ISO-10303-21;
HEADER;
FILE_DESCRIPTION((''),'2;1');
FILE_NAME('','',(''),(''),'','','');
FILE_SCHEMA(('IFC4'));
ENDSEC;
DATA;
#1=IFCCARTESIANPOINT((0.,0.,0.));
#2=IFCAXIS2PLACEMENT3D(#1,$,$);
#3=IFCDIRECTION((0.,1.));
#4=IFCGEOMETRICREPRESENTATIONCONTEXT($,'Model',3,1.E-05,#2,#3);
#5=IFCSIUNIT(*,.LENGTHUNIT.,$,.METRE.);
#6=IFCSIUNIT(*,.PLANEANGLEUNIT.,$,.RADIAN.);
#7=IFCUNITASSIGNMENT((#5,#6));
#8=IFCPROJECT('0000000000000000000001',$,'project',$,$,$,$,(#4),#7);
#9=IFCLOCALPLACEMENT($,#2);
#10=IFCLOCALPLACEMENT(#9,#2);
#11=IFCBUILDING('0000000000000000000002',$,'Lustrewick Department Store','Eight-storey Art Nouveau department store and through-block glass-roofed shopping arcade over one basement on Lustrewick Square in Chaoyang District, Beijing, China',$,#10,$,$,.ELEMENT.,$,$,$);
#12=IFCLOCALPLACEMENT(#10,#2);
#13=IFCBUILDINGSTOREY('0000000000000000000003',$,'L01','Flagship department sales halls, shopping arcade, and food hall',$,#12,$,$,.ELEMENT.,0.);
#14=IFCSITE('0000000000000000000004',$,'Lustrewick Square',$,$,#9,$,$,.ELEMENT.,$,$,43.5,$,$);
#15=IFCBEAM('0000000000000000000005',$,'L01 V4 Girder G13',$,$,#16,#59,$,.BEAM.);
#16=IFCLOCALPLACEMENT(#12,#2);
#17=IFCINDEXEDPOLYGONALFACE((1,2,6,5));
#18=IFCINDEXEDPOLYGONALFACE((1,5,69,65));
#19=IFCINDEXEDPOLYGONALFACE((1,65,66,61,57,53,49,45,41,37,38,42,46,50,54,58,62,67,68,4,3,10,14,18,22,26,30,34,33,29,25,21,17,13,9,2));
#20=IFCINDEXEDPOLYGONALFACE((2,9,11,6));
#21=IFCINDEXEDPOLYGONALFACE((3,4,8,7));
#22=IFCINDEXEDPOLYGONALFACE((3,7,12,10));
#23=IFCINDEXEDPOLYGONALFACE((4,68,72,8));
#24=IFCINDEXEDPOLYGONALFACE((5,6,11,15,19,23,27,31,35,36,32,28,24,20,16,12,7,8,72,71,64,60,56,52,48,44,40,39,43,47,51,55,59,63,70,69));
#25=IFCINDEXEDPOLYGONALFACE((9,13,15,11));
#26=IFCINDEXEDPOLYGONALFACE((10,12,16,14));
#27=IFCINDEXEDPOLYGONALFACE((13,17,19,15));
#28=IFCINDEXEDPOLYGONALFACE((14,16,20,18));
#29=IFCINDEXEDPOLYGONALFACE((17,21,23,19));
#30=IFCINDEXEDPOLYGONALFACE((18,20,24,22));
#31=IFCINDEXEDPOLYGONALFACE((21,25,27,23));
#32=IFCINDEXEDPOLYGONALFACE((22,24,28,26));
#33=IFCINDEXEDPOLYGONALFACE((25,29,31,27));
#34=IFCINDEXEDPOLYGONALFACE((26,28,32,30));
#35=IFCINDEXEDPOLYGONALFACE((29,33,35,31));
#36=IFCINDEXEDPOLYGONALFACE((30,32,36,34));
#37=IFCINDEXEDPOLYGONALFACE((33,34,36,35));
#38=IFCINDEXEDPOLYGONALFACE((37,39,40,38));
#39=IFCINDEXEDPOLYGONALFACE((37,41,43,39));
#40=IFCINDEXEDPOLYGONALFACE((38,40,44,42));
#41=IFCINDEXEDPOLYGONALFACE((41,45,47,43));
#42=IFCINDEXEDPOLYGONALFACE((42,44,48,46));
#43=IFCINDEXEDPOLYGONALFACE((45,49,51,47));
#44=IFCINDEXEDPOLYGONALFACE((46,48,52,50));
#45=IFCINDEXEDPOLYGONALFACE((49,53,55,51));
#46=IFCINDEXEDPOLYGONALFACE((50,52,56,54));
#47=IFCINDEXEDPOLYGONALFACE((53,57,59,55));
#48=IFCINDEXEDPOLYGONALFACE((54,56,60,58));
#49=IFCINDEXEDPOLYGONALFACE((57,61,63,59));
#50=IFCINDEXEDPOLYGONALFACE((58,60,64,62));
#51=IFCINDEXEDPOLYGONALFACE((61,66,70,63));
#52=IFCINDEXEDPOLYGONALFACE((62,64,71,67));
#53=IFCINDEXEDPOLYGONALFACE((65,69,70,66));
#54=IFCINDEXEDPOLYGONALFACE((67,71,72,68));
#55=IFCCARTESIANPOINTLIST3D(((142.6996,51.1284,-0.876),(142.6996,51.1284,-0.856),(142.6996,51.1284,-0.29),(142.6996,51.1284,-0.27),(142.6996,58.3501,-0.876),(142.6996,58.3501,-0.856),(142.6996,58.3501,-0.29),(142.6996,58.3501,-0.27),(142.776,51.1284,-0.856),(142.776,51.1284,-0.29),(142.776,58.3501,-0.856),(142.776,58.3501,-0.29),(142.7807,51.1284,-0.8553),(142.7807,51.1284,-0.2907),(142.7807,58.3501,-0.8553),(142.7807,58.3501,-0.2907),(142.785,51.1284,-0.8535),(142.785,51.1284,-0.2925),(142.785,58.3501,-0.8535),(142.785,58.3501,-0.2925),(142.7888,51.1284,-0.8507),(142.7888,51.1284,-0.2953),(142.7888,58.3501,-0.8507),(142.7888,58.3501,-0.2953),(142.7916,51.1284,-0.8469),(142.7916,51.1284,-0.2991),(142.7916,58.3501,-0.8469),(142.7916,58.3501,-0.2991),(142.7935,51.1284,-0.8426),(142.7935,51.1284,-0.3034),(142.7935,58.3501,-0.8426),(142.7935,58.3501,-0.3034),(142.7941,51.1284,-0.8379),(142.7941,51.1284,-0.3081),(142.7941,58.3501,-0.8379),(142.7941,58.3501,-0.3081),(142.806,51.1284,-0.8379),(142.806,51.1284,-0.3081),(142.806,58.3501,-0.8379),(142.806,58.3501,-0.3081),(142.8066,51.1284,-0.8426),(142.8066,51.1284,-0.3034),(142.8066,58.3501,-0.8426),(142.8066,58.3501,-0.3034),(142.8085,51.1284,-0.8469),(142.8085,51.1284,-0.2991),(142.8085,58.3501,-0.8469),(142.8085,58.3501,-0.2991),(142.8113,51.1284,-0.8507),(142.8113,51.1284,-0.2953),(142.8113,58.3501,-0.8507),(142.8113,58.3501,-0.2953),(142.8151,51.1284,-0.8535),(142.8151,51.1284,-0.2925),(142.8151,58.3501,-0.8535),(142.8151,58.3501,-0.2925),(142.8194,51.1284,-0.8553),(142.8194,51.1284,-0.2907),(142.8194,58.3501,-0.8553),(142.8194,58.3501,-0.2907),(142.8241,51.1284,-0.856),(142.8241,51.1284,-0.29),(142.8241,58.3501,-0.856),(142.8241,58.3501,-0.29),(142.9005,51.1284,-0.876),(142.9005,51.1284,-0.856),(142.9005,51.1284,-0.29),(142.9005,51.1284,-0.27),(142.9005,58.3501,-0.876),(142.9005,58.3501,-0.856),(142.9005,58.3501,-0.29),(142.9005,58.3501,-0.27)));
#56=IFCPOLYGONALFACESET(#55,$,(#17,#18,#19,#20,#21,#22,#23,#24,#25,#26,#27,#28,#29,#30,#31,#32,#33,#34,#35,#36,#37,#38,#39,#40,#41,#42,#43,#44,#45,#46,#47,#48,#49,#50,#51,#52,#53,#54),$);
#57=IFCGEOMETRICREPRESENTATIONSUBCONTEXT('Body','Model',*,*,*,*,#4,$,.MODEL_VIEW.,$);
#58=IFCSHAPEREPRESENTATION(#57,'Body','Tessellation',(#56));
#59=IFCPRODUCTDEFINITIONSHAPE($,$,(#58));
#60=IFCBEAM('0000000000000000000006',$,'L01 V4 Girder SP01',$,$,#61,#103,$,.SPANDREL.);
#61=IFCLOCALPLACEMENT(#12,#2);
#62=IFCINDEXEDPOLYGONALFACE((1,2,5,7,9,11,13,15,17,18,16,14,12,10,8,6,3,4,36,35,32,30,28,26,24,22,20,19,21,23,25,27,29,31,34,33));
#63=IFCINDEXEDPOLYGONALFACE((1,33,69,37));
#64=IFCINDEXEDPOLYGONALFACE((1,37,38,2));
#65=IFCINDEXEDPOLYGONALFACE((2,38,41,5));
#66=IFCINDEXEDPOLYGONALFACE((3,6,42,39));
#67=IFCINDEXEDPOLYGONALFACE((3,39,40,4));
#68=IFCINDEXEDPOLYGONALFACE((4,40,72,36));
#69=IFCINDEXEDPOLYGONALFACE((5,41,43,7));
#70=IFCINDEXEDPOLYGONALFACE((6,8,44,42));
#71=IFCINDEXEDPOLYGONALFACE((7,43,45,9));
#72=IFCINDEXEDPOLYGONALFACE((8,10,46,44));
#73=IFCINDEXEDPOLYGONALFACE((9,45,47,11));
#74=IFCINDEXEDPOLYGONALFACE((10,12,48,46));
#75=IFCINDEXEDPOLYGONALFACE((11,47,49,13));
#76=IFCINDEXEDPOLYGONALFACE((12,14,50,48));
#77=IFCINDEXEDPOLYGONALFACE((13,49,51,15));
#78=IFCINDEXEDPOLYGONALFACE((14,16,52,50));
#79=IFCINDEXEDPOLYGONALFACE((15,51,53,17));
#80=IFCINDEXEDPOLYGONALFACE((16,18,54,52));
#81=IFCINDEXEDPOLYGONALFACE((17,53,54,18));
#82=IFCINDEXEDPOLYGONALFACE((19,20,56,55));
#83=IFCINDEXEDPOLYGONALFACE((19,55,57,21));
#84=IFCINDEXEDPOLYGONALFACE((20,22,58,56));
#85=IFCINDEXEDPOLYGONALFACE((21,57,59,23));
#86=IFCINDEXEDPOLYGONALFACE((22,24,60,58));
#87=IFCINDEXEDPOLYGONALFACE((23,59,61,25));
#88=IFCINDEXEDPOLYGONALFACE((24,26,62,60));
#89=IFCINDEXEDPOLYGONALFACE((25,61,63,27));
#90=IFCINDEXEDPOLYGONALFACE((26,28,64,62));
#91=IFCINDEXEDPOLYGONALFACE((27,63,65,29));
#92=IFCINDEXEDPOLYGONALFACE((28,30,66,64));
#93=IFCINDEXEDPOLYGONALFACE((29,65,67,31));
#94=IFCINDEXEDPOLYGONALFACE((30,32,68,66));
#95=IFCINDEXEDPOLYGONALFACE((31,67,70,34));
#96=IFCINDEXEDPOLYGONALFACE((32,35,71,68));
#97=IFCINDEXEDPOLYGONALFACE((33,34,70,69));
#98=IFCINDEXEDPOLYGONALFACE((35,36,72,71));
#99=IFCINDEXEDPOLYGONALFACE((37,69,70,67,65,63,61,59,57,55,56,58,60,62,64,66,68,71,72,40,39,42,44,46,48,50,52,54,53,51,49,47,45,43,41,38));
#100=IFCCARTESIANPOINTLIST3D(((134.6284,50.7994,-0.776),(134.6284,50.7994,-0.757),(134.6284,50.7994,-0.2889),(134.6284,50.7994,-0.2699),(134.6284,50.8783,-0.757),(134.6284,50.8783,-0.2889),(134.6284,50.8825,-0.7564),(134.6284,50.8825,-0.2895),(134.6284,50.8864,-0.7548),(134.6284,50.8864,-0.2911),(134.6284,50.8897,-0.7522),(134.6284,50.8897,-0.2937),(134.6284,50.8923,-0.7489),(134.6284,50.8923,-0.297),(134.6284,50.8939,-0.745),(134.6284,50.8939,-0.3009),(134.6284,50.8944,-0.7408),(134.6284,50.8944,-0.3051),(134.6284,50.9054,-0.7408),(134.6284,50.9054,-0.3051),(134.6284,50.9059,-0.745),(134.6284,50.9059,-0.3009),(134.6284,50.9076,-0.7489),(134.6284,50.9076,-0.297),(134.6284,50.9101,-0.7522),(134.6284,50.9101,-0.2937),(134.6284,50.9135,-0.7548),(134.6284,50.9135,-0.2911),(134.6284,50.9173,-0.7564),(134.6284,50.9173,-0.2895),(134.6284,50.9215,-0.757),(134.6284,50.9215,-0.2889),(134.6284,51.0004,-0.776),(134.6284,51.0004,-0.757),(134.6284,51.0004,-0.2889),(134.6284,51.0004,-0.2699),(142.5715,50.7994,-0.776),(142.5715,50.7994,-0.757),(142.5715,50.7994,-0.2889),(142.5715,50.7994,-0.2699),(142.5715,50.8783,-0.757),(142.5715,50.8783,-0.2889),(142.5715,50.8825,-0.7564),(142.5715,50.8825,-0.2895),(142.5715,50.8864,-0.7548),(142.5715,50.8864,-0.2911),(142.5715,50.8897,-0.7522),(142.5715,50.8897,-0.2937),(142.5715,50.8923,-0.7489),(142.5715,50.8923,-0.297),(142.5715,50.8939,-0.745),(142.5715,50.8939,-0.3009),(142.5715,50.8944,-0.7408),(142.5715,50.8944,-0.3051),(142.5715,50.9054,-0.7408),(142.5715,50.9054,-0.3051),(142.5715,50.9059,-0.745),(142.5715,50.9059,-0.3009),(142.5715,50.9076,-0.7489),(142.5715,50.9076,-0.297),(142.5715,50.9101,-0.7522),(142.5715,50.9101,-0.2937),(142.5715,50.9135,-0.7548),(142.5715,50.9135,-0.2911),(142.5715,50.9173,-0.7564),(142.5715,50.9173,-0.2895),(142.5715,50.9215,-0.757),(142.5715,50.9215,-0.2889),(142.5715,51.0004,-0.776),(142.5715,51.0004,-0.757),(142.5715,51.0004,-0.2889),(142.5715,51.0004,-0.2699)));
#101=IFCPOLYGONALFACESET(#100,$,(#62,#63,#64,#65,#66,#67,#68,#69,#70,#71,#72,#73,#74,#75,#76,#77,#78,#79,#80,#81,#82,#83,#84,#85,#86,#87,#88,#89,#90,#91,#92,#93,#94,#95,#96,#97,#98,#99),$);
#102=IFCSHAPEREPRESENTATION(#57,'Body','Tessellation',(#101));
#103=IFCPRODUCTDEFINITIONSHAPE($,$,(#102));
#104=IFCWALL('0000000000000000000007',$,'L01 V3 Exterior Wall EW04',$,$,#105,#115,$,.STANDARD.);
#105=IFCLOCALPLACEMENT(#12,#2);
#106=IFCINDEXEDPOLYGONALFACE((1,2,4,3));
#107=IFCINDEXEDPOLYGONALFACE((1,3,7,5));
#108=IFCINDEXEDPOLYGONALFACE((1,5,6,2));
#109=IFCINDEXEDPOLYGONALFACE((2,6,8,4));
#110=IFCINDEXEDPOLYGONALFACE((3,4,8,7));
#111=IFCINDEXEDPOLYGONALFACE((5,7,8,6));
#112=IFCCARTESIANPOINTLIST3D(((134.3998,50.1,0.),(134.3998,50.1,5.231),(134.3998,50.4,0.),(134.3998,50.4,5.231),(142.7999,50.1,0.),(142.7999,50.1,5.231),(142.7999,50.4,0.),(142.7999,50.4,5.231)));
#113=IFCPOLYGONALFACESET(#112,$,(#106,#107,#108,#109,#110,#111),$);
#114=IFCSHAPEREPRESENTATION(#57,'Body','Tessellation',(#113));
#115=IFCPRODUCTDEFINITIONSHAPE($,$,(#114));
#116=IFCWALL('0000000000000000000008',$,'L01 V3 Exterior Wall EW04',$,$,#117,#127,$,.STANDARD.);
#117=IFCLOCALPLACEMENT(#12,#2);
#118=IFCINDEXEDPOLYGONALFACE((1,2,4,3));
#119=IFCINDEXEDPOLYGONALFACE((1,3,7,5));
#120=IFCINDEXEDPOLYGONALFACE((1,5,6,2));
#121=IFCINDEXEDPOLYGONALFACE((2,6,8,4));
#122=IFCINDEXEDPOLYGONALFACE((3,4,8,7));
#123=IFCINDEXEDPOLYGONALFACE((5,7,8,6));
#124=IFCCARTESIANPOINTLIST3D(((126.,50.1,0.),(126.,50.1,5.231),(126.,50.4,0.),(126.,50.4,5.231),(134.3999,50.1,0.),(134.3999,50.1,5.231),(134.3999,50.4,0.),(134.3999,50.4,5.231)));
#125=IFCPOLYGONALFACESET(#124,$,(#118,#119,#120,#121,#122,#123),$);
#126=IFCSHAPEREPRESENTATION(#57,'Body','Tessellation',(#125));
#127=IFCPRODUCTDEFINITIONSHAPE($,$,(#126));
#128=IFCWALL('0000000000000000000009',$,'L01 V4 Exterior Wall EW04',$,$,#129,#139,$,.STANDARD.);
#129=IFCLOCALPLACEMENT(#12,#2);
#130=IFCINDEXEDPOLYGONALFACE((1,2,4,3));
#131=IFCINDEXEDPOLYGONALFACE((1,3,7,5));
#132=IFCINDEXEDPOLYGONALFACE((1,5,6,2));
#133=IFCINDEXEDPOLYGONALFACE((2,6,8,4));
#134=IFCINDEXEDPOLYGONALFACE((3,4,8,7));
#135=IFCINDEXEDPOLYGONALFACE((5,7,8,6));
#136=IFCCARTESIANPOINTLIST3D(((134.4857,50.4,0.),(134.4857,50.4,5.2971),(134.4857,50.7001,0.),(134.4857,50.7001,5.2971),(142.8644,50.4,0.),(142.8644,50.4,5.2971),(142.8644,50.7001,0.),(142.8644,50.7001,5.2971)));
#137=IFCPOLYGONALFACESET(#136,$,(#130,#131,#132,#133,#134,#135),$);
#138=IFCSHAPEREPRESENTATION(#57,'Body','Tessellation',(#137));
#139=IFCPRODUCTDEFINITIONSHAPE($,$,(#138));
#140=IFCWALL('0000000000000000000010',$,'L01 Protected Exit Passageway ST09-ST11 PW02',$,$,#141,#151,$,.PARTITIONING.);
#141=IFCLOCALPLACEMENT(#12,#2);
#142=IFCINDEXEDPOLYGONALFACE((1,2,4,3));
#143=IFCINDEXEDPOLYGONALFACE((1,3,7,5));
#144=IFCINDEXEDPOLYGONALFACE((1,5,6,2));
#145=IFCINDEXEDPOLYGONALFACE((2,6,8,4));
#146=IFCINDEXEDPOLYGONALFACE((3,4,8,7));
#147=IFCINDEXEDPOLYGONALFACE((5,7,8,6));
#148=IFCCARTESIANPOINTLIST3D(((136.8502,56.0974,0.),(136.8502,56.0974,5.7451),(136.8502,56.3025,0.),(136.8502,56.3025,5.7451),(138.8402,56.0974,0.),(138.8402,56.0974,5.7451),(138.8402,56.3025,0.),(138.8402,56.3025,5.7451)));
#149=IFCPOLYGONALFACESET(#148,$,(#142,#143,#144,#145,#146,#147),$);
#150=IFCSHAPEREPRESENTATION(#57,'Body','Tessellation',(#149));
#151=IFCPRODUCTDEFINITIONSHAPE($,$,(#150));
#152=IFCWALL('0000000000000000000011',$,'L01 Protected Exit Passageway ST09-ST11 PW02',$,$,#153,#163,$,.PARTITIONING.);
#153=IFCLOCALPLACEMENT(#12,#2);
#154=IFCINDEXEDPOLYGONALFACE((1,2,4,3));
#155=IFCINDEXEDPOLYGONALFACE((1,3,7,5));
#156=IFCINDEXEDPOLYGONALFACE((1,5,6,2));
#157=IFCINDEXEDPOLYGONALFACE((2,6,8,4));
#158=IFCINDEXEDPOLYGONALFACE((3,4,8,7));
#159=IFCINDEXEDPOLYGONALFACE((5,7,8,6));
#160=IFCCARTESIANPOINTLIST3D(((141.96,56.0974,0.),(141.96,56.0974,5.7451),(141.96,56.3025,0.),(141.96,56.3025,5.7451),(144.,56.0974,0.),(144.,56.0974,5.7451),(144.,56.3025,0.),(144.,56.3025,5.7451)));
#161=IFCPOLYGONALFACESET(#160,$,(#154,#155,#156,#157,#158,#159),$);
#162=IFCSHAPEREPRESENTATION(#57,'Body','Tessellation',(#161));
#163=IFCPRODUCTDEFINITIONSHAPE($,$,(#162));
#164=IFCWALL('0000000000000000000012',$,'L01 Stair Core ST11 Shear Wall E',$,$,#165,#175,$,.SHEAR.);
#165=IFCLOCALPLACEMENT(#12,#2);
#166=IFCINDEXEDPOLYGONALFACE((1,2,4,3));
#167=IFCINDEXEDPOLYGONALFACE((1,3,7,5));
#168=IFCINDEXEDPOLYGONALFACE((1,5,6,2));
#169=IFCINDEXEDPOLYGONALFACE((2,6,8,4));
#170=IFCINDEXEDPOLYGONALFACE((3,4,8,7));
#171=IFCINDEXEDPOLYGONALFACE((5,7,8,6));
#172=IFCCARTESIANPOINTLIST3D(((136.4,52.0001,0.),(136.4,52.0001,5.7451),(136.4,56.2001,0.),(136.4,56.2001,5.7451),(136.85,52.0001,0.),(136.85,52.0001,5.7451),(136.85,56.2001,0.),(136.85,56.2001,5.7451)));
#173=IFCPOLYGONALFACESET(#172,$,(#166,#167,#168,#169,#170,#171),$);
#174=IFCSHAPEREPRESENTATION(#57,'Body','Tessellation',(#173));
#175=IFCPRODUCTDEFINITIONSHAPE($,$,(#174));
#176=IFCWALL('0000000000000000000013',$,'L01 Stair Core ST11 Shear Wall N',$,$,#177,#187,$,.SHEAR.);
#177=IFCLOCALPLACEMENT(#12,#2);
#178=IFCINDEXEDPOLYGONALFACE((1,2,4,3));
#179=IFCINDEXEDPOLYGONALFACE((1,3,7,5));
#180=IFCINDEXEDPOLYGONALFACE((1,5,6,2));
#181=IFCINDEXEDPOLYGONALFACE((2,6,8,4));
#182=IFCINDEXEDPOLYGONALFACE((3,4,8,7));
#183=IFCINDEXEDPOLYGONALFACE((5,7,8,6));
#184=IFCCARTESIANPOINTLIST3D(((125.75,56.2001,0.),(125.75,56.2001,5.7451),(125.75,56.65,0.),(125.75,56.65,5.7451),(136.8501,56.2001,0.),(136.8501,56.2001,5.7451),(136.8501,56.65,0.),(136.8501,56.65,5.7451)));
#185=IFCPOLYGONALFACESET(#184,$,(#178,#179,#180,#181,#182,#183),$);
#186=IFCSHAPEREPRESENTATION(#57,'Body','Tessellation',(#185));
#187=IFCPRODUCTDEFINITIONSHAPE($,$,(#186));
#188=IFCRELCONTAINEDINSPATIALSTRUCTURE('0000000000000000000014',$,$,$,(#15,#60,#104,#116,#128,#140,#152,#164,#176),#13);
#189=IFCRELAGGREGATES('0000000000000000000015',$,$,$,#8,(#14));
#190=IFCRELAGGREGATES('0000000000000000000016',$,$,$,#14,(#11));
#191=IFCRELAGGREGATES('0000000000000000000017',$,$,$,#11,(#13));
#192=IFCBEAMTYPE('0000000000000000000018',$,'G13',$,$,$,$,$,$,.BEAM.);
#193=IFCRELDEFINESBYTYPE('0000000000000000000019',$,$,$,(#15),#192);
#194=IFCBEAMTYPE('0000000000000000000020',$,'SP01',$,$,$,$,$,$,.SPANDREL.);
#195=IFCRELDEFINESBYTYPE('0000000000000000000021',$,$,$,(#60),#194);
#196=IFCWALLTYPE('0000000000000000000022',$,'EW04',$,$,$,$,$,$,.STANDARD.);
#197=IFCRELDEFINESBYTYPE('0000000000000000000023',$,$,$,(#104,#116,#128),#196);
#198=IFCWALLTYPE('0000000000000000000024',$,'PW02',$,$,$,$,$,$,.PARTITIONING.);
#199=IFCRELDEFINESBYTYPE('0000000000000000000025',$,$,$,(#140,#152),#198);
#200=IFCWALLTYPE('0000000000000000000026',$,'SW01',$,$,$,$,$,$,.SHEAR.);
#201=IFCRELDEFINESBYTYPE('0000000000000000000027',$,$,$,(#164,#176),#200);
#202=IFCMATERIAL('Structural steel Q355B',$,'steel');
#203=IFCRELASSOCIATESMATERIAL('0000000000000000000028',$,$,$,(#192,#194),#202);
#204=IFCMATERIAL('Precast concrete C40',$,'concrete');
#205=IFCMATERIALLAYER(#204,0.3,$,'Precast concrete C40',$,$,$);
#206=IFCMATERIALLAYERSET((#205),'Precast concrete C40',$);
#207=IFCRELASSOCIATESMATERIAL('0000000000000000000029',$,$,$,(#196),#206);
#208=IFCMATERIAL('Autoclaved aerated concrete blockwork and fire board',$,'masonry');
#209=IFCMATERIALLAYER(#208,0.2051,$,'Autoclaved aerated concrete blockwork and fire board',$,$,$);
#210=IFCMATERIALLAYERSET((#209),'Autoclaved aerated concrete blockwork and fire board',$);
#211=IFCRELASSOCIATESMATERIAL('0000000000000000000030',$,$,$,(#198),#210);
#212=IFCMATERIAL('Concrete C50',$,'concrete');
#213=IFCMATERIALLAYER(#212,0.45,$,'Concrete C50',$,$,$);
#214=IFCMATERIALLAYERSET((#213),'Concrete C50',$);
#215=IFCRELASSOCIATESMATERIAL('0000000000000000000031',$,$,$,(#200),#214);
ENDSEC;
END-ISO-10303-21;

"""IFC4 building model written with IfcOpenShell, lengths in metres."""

from ifc_helpers import new_model, si_unit, direction, frame, frame_2d, origin, origin_2d, place, context, subcontext, project, spatial, rectangle, i_section, extrude, material, layer, layer_set, material_profile, profile_set, type_object, element, save


model = new_model("IFC4")

# Units and contexts
model_context = context("Model", 3, precision=1e-05, world=origin(), true_north=direction((0.0, 1.0)))
body_context = subcontext(model_context, "Body", "Model", "MODEL_VIEW")
ifc_project = project(units=[si_unit("LENGTHUNIT", "METRE"), si_unit("PLANEANGLEUNIT", "RADIAN")], contexts=[model_context])

# Site, building, storey
site_placement = place(None, origin())
site = spatial("IfcSite", under=ifc_project, at=site_placement, Name="Lustrewick Square", CompositionType="ELEMENT", RefElevation=43.5)
building_placement = place(site_placement, origin())
building = spatial("IfcBuilding", under=site, at=building_placement, Name="Lustrewick Department Store", Description="Eight-storey Art Nouveau department store and through-block glass-roofed shopping arcade over one basement on Lustrewick Square in Chaoyang District, Beijing, China", CompositionType="ELEMENT")
storey_placement = place(building_placement, origin())
storey = spatial("IfcBuildingStorey", under=building, at=storey_placement, Name="L01", Description="Flagship department sales halls, shopping arcade, and food hall", CompositionType="ELEMENT", Elevation=0.0)

# Beams
ifc_material_1 = material(Name="Structural steel Q355B", Category="steel")
ifc_material_profile_1 = material_profile(ifc_material_1, i_section(OverallWidth=0.2009, OverallDepth=0.606, WebThickness=0.012, FlangeThickness=0.02, FilletRadius=0.0181, at=origin_2d()), Name="HN 606x201x12x20")
ifc_profile_set_1 = profile_set([ifc_material_profile_1], Name="Structural steel Q355B")
beam_type_1 = type_object("IfcBeamType", Name="G13", PredefinedType="BEAM", material=ifc_profile_set_1)
beam_1_placement = place(storey_placement, frame((142.8, 51.1284, -0.573), z_axis=(0.0, 1.0, 0.0), x_axis=(-1.0, 0.0, 0.0)))
element("IfcBeam", 1, at=beam_1_placement, inside=storey, type_object=beam_type_1, Name="L01 V4 Girder G13", PredefinedType="BEAM", context=body_context, shape_type="SweptSolid", body=[
    extrude(i_section(OverallWidth=0.2009, OverallDepth=0.606, WebThickness=0.012, FlangeThickness=0.02, FilletRadius=0.0181, at=origin_2d()), origin(), (0.0, 0.0, 1.0), 7.2217),
])
ifc_material_profile_2 = material_profile(ifc_material_1, i_section(OverallWidth=0.2009, OverallDepth=0.5061, WebThickness=0.011, FlangeThickness=0.019, FilletRadius=0.0161, at=origin_2d()), Name="HN 506x201x11x19")
ifc_profile_set_2 = profile_set([ifc_material_profile_2], Name="Structural steel Q355B")
beam_type_2 = type_object("IfcBeamType", Name="SP01", PredefinedType="SPANDREL", material=ifc_profile_set_2)
beam_2_placement = place(storey_placement, frame((134.6284, 50.8999, -0.5229), z_axis=(1.0, 0.0, 0.0), x_axis=(0.0, 1.0, 0.0)))
element("IfcBeam", 2, at=beam_2_placement, inside=storey, type_object=beam_type_2, Name="L01 V4 Girder SP01", PredefinedType="SPANDREL", context=body_context, shape_type="SweptSolid", body=[
    extrude(i_section(OverallWidth=0.2009, OverallDepth=0.5061, WebThickness=0.011, FlangeThickness=0.019, FilletRadius=0.0161, at=origin_2d()), origin(), (0.0, 0.0, 1.0), 7.9431),
])

# Walls
ifc_material_2 = material(Name="Precast concrete C40", Category="concrete")
ifc_layer_1 = layer(ifc_material_2, 0.3, Name="Precast concrete C40")
ifc_layer_set_1 = layer_set([ifc_layer_1], Name="Precast concrete C40")
wall_type_1 = type_object("IfcWallType", Name="EW04", PredefinedType="STANDARD", material=ifc_layer_set_1)
wall_1_placement = place(storey_placement, frame((142.8, 50.25, 0.0), z_axis=(0.0, 0.0, 1.0), x_axis=(-1.0, 0.0, 0.0)))
element("IfcWall", 3, at=wall_1_placement, inside=storey, type_object=wall_type_1, Name="L01 V3 Exterior Wall EW04", PredefinedType="STANDARD", context=body_context, shape_type="SweptSolid", body=[
    extrude(rectangle(XDim=8.4001, YDim=0.3, at=frame_2d((4.2002, 0.0))), origin(), (0.0, 0.0, 1.0), 5.231),
])
wall_2_placement = place(storey_placement, frame((134.3999, 50.25, 0.0), z_axis=(0.0, 0.0, 1.0), x_axis=(-1.0, 0.0, 0.0)))
element("IfcWall", 4, at=wall_2_placement, inside=storey, type_object=wall_type_1, Name="L01 V3 Exterior Wall EW04", PredefinedType="STANDARD", context=body_context, shape_type="SweptSolid", body=[
    extrude(rectangle(XDim=8.3999, YDim=0.3, at=frame_2d((4.2, 0.0))), origin(), (0.0, 0.0, 1.0), 5.231),
])
wall_3_placement = place(storey_placement, frame((134.4856, 50.55, 0.0), z_axis=(0.0, 0.0, 1.0), x_axis=(1.0, 0.0, 0.0)))
element("IfcWall", 5, at=wall_3_placement, inside=storey, type_object=wall_type_1, Name="L01 V4 Exterior Wall EW04", PredefinedType="STANDARD", context=body_context, shape_type="SweptSolid", body=[
    extrude(rectangle(XDim=8.3787, YDim=0.3, at=frame_2d((4.1895, 0.0))), origin(), (0.0, 0.0, 1.0), 5.2971),
])
ifc_material_3 = material(Name="Autoclaved aerated concrete blockwork and fire board", Category="masonry")
ifc_layer_2 = layer(ifc_material_3, 0.2051, Name="Autoclaved aerated concrete blockwork and fire board")
ifc_layer_set_2 = layer_set([ifc_layer_2], Name="Autoclaved aerated concrete blockwork and fire board")
wall_type_2 = type_object("IfcWallType", Name="PW02", PredefinedType="PARTITIONING", material=ifc_layer_set_2)
wall_4_placement = place(storey_placement, frame((136.8501, 56.2, 0.0), z_axis=(0.0, 0.0, 1.0), x_axis=(1.0, 0.0, 0.0)))
element("IfcWall", 6, at=wall_4_placement, inside=storey, type_object=wall_type_2, Name="L01 Protected Exit Passageway ST09-ST11 PW02", PredefinedType="PARTITIONING", context=body_context, shape_type="SweptSolid", body=[
    extrude(rectangle(XDim=1.99, YDim=0.2051, at=frame_2d((0.9951, 0.0))), origin(), (0.0, 0.0, 1.0), 5.7451),
])
wall_5_placement = place(storey_placement, frame((141.96, 56.2, 0.0), z_axis=(0.0, 0.0, 1.0), x_axis=(1.0, 0.0, 0.0)))
element("IfcWall", 7, at=wall_5_placement, inside=storey, type_object=wall_type_2, Name="L01 Protected Exit Passageway ST09-ST11 PW02", PredefinedType="PARTITIONING", context=body_context, shape_type="SweptSolid", body=[
    extrude(rectangle(XDim=2.04, YDim=0.2051, at=frame_2d((1.02, 0.0))), origin(), (0.0, 0.0, 1.0), 5.7451),
])
ifc_material_4 = material(Name="Concrete C50", Category="concrete")
ifc_layer_3 = layer(ifc_material_4, 0.45, Name="Concrete C50")
ifc_layer_set_3 = layer_set([ifc_layer_3], Name="Concrete C50")
wall_type_3 = type_object("IfcWallType", Name="SW01", PredefinedType="SHEAR", material=ifc_layer_set_3)
wall_6_placement = place(storey_placement, frame((136.625, 52.0, 0.0), z_axis=(0.0, 0.0, 1.0), x_axis=(0.0, 1.0, 0.0)))
element("IfcWall", 8, at=wall_6_placement, inside=storey, type_object=wall_type_3, Name="L01 Stair Core ST11 Shear Wall E", PredefinedType="SHEAR", context=body_context, shape_type="SweptSolid", body=[
    extrude(rectangle(XDim=4.2, YDim=0.45, at=frame_2d((2.1001, 0.0))), origin(), (0.0, 0.0, 1.0), 5.7451),
])
wall_7_placement = place(storey_placement, frame((136.8501, 56.425, 0.0), z_axis=(0.0, 0.0, 1.0), x_axis=(-1.0, 0.0, 0.0)))
element("IfcWall", 9, at=wall_7_placement, inside=storey, type_object=wall_type_3, Name="L01 Stair Core ST11 Shear Wall N", PredefinedType="SHEAR", context=body_context, shape_type="SweptSolid", body=[
    extrude(rectangle(XDim=11.1001, YDim=0.45, at=frame_2d((5.55, 0.0))), origin(), (0.0, 0.0, 1.0), 5.7451),
])

save(model, "model.ifc")
